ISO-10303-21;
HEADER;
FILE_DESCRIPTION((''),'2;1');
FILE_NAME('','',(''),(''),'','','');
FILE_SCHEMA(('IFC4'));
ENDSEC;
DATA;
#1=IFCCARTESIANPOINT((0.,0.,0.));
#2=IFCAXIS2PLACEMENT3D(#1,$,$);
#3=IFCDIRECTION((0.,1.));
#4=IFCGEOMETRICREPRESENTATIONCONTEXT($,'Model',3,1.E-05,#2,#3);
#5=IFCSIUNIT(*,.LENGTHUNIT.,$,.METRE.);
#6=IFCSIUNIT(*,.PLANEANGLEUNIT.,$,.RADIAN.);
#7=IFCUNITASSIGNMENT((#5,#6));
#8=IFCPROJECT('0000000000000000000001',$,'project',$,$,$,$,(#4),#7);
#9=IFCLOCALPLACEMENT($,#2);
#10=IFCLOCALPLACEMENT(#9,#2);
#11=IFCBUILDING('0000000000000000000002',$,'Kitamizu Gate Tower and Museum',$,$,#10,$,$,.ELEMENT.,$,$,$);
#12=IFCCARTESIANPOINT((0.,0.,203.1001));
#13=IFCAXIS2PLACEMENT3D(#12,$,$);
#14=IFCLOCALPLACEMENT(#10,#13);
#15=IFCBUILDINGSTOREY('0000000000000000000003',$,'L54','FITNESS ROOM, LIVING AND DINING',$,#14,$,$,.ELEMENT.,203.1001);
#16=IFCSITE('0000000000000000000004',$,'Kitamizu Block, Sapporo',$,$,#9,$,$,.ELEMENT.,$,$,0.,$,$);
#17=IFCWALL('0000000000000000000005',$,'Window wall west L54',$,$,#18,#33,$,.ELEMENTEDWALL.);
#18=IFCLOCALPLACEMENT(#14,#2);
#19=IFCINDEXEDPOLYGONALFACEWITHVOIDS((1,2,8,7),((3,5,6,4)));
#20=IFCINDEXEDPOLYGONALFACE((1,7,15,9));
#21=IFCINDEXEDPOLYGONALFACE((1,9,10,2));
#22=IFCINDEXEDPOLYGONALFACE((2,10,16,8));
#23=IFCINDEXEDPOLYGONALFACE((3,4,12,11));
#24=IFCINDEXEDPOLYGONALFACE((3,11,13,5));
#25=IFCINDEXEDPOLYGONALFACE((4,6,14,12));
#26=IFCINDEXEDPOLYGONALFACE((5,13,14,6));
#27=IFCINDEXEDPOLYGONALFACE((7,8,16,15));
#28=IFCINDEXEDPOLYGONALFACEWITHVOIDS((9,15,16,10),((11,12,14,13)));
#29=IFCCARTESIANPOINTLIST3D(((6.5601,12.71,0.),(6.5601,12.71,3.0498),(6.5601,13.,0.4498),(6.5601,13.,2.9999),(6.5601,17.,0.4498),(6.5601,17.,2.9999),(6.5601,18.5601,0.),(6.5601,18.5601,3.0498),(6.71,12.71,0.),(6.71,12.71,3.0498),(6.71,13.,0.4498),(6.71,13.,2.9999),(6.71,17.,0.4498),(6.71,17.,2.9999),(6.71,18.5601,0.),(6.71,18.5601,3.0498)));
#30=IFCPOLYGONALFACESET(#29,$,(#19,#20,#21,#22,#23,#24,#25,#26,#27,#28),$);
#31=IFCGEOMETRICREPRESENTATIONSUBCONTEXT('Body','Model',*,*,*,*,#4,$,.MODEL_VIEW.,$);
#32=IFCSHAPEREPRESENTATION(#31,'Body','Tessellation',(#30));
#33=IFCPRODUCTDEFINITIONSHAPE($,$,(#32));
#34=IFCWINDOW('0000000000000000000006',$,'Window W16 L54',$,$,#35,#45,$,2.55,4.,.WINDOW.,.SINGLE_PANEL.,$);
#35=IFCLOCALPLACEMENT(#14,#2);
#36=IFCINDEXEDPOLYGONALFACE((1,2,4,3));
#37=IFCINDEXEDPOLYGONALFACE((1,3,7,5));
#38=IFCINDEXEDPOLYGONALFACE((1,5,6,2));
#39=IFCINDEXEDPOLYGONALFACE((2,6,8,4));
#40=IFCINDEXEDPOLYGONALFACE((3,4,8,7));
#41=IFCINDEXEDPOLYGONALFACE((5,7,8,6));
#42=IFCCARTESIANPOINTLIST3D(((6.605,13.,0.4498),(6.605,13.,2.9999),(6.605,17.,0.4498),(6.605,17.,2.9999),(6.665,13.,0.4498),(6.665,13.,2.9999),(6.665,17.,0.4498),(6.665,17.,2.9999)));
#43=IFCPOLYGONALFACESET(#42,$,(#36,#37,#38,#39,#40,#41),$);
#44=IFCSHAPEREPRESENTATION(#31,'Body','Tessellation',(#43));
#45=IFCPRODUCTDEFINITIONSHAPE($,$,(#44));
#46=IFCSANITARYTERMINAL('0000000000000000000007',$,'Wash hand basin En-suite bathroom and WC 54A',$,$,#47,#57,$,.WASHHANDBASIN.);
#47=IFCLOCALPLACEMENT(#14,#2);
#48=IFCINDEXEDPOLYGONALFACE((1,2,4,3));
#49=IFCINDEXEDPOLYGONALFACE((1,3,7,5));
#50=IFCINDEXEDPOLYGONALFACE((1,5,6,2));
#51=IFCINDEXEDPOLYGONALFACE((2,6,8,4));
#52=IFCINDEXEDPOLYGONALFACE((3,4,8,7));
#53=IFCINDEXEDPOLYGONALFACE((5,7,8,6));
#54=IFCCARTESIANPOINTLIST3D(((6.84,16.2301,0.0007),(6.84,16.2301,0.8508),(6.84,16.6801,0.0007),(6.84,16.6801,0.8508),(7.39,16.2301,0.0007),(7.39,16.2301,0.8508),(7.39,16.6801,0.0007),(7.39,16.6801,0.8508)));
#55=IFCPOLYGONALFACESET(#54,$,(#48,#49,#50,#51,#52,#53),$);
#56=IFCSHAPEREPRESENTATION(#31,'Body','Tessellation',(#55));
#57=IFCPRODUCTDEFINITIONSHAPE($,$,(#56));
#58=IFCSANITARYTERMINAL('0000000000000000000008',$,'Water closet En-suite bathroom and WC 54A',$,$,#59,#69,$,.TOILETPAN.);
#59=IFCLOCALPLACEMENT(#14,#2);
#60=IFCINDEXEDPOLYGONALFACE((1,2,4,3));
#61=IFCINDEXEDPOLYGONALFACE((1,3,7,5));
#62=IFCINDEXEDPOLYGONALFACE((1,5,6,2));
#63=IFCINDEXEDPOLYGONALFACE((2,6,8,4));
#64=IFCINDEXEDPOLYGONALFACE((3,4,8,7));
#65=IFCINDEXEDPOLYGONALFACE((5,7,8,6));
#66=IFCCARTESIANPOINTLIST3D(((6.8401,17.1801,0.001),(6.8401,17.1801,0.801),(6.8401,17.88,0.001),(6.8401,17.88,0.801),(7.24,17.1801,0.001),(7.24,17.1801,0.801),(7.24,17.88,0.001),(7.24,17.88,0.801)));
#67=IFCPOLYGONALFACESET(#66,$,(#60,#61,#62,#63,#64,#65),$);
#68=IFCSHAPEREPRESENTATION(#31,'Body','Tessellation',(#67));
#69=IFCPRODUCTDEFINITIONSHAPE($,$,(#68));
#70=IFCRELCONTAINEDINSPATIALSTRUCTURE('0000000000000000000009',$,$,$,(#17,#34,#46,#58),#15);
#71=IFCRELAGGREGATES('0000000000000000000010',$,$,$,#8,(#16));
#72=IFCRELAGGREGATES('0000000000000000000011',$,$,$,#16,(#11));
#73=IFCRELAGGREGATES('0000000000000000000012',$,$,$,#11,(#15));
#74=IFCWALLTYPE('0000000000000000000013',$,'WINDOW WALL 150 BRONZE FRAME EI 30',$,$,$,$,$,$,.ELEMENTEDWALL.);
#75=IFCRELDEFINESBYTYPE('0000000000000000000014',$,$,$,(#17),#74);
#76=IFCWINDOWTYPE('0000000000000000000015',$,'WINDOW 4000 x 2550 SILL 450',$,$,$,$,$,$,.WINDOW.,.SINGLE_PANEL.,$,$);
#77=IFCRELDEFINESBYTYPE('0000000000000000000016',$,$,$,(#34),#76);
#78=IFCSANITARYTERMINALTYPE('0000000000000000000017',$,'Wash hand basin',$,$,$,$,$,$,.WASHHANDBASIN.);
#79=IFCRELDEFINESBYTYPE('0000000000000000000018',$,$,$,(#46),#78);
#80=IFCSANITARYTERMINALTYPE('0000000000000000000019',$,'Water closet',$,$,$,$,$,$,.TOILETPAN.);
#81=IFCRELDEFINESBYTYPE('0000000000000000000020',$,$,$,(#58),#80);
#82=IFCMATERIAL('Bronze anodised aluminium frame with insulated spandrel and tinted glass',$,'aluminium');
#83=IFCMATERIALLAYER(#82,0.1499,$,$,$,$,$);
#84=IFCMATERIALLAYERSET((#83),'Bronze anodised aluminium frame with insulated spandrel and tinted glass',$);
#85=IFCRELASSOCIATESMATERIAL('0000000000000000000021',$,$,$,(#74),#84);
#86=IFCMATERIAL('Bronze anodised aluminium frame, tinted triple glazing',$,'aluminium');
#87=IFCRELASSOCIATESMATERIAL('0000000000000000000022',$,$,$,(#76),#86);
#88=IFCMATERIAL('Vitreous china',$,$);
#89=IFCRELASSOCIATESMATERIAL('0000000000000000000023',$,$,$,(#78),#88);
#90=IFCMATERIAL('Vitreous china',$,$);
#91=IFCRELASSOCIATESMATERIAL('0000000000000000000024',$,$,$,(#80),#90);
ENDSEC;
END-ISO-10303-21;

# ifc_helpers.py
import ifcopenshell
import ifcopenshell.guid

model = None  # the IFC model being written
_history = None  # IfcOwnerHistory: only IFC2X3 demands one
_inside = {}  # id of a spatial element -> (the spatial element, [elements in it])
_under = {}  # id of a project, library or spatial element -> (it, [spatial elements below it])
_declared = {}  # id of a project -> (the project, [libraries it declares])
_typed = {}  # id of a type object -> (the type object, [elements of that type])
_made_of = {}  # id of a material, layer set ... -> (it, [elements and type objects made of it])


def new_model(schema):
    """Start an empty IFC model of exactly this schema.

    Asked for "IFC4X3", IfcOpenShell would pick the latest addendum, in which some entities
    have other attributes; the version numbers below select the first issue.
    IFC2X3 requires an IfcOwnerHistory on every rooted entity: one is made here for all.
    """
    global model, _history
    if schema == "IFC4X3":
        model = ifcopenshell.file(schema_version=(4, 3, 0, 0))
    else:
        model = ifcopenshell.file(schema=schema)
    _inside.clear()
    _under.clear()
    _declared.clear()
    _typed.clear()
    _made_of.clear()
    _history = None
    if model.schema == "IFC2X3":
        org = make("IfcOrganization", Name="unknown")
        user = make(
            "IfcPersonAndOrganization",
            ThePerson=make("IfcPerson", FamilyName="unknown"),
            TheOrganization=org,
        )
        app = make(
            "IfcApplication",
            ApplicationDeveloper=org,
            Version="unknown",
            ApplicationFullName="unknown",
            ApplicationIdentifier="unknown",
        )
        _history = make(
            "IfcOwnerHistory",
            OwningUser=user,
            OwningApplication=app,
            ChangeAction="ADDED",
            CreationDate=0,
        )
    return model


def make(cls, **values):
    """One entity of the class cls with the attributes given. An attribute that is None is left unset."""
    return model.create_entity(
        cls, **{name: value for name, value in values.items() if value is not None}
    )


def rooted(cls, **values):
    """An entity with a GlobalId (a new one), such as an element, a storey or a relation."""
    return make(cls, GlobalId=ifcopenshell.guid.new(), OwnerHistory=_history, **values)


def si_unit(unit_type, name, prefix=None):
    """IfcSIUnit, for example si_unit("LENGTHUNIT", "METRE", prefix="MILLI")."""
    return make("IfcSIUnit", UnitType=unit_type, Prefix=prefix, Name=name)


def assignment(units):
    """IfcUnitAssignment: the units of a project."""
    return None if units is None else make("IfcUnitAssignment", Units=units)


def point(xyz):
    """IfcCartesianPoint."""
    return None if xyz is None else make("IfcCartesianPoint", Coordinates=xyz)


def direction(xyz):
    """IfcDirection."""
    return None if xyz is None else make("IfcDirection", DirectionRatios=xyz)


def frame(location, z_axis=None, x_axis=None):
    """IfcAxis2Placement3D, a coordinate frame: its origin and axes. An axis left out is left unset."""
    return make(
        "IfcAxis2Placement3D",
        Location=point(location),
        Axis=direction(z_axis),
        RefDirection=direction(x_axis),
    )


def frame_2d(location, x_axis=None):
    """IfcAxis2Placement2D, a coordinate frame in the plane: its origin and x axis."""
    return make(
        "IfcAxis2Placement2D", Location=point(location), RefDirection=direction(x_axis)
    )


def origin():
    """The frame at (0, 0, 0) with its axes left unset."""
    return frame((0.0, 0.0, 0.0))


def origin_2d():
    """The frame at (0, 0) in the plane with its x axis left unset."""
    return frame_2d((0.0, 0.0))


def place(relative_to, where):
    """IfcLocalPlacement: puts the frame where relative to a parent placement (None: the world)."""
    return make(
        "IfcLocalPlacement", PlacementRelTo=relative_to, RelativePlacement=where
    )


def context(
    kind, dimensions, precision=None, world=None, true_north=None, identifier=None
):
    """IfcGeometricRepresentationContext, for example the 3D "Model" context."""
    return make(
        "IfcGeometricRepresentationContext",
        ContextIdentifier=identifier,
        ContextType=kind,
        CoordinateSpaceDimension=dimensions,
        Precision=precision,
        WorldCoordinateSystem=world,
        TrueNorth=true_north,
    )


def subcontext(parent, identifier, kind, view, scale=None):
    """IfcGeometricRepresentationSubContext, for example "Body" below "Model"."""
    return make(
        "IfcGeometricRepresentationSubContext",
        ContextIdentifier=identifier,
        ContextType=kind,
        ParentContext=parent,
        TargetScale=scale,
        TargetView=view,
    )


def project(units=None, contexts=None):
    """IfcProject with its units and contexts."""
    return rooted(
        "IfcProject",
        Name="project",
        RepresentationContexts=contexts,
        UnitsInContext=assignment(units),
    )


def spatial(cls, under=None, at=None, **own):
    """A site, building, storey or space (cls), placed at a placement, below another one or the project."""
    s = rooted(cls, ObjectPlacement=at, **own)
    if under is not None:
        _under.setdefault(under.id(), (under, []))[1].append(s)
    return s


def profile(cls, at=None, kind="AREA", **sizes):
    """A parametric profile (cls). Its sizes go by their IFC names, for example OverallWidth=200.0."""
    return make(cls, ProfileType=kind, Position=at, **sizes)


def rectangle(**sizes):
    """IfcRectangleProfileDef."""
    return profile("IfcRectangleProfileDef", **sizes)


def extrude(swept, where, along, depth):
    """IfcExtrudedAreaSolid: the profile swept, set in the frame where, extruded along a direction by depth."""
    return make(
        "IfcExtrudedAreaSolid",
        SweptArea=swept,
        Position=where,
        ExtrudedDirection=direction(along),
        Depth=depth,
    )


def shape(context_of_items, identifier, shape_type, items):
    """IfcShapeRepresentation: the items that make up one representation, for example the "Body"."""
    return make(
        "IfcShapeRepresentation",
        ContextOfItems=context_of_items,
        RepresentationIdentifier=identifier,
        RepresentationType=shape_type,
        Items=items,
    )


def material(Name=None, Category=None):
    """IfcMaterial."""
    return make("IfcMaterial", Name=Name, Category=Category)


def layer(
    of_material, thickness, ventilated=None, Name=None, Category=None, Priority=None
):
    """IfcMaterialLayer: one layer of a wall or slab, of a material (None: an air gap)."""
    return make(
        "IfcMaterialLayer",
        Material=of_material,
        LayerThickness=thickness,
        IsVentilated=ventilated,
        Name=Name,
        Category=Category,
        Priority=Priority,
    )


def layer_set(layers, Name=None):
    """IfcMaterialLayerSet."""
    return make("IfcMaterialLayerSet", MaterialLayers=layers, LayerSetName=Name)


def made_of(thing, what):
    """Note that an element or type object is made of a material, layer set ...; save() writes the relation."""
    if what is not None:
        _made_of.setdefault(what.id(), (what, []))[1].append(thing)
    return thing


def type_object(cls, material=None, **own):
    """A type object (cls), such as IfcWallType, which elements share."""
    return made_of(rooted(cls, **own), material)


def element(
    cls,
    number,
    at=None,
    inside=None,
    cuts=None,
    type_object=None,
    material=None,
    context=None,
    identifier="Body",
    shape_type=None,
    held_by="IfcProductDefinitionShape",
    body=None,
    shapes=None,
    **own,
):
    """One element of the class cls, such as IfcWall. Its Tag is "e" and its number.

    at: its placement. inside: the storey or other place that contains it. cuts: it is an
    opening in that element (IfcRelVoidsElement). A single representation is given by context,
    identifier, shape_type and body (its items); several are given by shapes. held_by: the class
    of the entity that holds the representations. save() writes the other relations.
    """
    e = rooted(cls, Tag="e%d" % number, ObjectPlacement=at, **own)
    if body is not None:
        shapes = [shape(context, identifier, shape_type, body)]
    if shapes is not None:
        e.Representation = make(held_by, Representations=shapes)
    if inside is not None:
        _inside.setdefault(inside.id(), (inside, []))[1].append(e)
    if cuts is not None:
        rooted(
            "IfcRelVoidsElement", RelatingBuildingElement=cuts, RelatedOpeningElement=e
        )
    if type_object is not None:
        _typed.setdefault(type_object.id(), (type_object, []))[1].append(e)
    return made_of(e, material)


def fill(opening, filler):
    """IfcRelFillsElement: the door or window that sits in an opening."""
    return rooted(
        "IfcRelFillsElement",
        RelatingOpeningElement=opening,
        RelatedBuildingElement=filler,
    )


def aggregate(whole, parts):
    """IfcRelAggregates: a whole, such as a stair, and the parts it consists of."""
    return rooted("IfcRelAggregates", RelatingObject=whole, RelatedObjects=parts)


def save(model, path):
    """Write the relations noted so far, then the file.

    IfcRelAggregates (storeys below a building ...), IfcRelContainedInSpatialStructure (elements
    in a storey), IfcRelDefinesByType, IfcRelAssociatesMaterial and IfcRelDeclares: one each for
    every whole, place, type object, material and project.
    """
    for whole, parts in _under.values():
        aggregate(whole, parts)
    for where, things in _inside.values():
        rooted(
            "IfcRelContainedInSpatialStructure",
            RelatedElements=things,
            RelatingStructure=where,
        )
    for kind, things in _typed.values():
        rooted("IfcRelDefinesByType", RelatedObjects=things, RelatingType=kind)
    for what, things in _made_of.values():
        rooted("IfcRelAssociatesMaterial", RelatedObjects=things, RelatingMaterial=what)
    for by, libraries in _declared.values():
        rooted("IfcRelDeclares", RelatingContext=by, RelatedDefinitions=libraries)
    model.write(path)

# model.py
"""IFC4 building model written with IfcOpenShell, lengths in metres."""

from ifc_helpers import new_model, si_unit, direction, frame, frame_2d, origin, origin_2d, place, context, subcontext, project, spatial, rectangle, extrude, material, layer, layer_set, type_object, element, fill, save


model = new_model("IFC4")

# Units and contexts
model_context = context("Model", 3, precision=1e-05, world=origin(), true_north=direction((0.0, 1.0)))
body_context = subcontext(model_context, "Body", "Model", "MODEL_VIEW")
ifc_project = project(units=[si_unit("LENGTHUNIT", "METRE"), si_unit("PLANEANGLEUNIT", "RADIAN")], contexts=[model_context])

# Site, building, storey
site_placement = place(None, origin())
site = spatial("IfcSite", under=ifc_project, at=site_placement, Name="Kitamizu Block, Sapporo", CompositionType="ELEMENT", RefElevation=0.0)
building_placement = place(site_placement, origin())
building = spatial("IfcBuilding", under=site, at=building_placement, Name="Kitamizu Gate Tower and Museum", CompositionType="ELEMENT")
storey_placement = place(building_placement, frame((0.0, 0.0, 203.1001)))
storey = spatial("IfcBuildingStorey", under=building, at=storey_placement, Name="L54", Description="FITNESS ROOM, LIVING AND DINING", CompositionType="ELEMENT", Elevation=203.1001)

# Shared definitions
ifc_material_1 = material(Name="Bronze anodised aluminium frame with insulated spandrel and tinted glass", Category="aluminium")
ifc_layer_1 = layer(ifc_material_1, 0.1499)
ifc_layer_set_1 = layer_set([ifc_layer_1], Name="Bronze anodised aluminium frame with insulated spandrel and tinted glass")
wall_type = type_object("IfcWallType", Name="WINDOW WALL 150 BRONZE FRAME EI 30", PredefinedType="ELEMENTEDWALL", material=ifc_layer_set_1)

# Wall, opening, window
wall_1_placement = place(storey_placement, frame((6.635, 12.71, 0.0), z_axis=(0.0, 0.0, 1.0), x_axis=(0.0, 1.0, 0.0)))
wall_1 = element("IfcWall", 1, at=wall_1_placement, inside=storey, type_object=wall_type, Name="Window wall west L54", PredefinedType="ELEMENTEDWALL", context=body_context, shape_type="SweptSolid", body=[
    extrude(rectangle(XDim=5.8501, YDim=0.1499, at=frame_2d((2.925, 0.0))), origin(), (0.0, 0.0, 1.0), 3.0498),
])
opening_1_placement = place(wall_1_placement, frame((0.29, 0.0, 0.45)))
opening_1 = element("IfcOpeningElement", 2, at=opening_1_placement, cuts=wall_1, PredefinedType="OPENING", context=body_context, shape_type="SweptSolid", body=[
    extrude(rectangle(XDim=4.0, YDim=2.55, at=frame_2d((2.0, 1.2749))), frame((0.0, 0.085, 0.0), z_axis=(0.0, -1.0, 0.0), x_axis=(1.0, 0.0, 0.0)), (0.0, 0.0, 1.0), 0.1699),
])
ifc_material_2 = material(Name="Bronze anodised aluminium frame, tinted triple glazing", Category="aluminium")
window_type_1 = type_object("IfcWindowType", Name="WINDOW 4000 x 2550 SILL 450", PartitioningType="SINGLE_PANEL", PredefinedType="WINDOW", material=ifc_material_2)
window_1_placement = place(opening_1_placement, origin())
window_1 = element("IfcWindow", 3, at=window_1_placement, inside=storey, type_object=window_type_1, Name="Window W16 L54", OverallHeight=2.55, OverallWidth=4.0, PartitioningType="SINGLE_PANEL", PredefinedType="WINDOW", context=body_context, shape_type="SweptSolid", body=[
    extrude(rectangle(XDim=4.0, YDim=2.55, at=frame_2d((2.0, 1.2749))), frame((0.0, 0.03, 0.0), z_axis=(0.0, -1.0, 0.0), x_axis=(1.0, 0.0, 0.0)), (0.0, 0.0, 1.0), 0.0601),
])
fill(opening_1, window_1)

# Sanitary terminals
ifc_material_3 = material(Name="Vitreous china")
sanitary_terminal_type_1 = type_object("IfcSanitaryTerminalType", Name="Wash hand basin", PredefinedType="WASHHANDBASIN", material=ifc_material_3)
sanitary_terminal_1_placement = place(storey_placement, frame((7.115, 16.4551, 0.0007), z_axis=(0.0, 0.0, 1.0), x_axis=(1.0, 0.0, 0.0)))
element("IfcSanitaryTerminal", 4, at=sanitary_terminal_1_placement, inside=storey, type_object=sanitary_terminal_type_1, Name="Wash hand basin En-suite bathroom and WC 54A", PredefinedType="WASHHANDBASIN", context=body_context, shape_type="SweptSolid", body=[
    extrude(rectangle(XDim=0.55, YDim=0.45, at=origin_2d()), origin(), (0.0, 0.0, 1.0), 0.8501),
])
ifc_material_4 = material(Name="Vitreous china")
sanitary_terminal_type_2 = type_object("IfcSanitaryTerminalType", Name="Water closet", PredefinedType="TOILETPAN", material=ifc_material_4)
sanitary_terminal_2_placement = place(storey_placement, frame((7.04, 17.53, 0.001), z_axis=(0.0, 0.0, 1.0), x_axis=(1.0, 0.0, 0.0)))
element("IfcSanitaryTerminal", 5, at=sanitary_terminal_2_placement, inside=storey, type_object=sanitary_terminal_type_2, Name="Water closet En-suite bathroom and WC 54A", PredefinedType="TOILETPAN", context=body_context, shape_type="SweptSolid", body=[
    extrude(rectangle(XDim=0.3999, YDim=0.7, at=origin_2d()), origin(), (0.0, 0.0, 1.0), 0.8),
])

save(model, "model.ifc")
